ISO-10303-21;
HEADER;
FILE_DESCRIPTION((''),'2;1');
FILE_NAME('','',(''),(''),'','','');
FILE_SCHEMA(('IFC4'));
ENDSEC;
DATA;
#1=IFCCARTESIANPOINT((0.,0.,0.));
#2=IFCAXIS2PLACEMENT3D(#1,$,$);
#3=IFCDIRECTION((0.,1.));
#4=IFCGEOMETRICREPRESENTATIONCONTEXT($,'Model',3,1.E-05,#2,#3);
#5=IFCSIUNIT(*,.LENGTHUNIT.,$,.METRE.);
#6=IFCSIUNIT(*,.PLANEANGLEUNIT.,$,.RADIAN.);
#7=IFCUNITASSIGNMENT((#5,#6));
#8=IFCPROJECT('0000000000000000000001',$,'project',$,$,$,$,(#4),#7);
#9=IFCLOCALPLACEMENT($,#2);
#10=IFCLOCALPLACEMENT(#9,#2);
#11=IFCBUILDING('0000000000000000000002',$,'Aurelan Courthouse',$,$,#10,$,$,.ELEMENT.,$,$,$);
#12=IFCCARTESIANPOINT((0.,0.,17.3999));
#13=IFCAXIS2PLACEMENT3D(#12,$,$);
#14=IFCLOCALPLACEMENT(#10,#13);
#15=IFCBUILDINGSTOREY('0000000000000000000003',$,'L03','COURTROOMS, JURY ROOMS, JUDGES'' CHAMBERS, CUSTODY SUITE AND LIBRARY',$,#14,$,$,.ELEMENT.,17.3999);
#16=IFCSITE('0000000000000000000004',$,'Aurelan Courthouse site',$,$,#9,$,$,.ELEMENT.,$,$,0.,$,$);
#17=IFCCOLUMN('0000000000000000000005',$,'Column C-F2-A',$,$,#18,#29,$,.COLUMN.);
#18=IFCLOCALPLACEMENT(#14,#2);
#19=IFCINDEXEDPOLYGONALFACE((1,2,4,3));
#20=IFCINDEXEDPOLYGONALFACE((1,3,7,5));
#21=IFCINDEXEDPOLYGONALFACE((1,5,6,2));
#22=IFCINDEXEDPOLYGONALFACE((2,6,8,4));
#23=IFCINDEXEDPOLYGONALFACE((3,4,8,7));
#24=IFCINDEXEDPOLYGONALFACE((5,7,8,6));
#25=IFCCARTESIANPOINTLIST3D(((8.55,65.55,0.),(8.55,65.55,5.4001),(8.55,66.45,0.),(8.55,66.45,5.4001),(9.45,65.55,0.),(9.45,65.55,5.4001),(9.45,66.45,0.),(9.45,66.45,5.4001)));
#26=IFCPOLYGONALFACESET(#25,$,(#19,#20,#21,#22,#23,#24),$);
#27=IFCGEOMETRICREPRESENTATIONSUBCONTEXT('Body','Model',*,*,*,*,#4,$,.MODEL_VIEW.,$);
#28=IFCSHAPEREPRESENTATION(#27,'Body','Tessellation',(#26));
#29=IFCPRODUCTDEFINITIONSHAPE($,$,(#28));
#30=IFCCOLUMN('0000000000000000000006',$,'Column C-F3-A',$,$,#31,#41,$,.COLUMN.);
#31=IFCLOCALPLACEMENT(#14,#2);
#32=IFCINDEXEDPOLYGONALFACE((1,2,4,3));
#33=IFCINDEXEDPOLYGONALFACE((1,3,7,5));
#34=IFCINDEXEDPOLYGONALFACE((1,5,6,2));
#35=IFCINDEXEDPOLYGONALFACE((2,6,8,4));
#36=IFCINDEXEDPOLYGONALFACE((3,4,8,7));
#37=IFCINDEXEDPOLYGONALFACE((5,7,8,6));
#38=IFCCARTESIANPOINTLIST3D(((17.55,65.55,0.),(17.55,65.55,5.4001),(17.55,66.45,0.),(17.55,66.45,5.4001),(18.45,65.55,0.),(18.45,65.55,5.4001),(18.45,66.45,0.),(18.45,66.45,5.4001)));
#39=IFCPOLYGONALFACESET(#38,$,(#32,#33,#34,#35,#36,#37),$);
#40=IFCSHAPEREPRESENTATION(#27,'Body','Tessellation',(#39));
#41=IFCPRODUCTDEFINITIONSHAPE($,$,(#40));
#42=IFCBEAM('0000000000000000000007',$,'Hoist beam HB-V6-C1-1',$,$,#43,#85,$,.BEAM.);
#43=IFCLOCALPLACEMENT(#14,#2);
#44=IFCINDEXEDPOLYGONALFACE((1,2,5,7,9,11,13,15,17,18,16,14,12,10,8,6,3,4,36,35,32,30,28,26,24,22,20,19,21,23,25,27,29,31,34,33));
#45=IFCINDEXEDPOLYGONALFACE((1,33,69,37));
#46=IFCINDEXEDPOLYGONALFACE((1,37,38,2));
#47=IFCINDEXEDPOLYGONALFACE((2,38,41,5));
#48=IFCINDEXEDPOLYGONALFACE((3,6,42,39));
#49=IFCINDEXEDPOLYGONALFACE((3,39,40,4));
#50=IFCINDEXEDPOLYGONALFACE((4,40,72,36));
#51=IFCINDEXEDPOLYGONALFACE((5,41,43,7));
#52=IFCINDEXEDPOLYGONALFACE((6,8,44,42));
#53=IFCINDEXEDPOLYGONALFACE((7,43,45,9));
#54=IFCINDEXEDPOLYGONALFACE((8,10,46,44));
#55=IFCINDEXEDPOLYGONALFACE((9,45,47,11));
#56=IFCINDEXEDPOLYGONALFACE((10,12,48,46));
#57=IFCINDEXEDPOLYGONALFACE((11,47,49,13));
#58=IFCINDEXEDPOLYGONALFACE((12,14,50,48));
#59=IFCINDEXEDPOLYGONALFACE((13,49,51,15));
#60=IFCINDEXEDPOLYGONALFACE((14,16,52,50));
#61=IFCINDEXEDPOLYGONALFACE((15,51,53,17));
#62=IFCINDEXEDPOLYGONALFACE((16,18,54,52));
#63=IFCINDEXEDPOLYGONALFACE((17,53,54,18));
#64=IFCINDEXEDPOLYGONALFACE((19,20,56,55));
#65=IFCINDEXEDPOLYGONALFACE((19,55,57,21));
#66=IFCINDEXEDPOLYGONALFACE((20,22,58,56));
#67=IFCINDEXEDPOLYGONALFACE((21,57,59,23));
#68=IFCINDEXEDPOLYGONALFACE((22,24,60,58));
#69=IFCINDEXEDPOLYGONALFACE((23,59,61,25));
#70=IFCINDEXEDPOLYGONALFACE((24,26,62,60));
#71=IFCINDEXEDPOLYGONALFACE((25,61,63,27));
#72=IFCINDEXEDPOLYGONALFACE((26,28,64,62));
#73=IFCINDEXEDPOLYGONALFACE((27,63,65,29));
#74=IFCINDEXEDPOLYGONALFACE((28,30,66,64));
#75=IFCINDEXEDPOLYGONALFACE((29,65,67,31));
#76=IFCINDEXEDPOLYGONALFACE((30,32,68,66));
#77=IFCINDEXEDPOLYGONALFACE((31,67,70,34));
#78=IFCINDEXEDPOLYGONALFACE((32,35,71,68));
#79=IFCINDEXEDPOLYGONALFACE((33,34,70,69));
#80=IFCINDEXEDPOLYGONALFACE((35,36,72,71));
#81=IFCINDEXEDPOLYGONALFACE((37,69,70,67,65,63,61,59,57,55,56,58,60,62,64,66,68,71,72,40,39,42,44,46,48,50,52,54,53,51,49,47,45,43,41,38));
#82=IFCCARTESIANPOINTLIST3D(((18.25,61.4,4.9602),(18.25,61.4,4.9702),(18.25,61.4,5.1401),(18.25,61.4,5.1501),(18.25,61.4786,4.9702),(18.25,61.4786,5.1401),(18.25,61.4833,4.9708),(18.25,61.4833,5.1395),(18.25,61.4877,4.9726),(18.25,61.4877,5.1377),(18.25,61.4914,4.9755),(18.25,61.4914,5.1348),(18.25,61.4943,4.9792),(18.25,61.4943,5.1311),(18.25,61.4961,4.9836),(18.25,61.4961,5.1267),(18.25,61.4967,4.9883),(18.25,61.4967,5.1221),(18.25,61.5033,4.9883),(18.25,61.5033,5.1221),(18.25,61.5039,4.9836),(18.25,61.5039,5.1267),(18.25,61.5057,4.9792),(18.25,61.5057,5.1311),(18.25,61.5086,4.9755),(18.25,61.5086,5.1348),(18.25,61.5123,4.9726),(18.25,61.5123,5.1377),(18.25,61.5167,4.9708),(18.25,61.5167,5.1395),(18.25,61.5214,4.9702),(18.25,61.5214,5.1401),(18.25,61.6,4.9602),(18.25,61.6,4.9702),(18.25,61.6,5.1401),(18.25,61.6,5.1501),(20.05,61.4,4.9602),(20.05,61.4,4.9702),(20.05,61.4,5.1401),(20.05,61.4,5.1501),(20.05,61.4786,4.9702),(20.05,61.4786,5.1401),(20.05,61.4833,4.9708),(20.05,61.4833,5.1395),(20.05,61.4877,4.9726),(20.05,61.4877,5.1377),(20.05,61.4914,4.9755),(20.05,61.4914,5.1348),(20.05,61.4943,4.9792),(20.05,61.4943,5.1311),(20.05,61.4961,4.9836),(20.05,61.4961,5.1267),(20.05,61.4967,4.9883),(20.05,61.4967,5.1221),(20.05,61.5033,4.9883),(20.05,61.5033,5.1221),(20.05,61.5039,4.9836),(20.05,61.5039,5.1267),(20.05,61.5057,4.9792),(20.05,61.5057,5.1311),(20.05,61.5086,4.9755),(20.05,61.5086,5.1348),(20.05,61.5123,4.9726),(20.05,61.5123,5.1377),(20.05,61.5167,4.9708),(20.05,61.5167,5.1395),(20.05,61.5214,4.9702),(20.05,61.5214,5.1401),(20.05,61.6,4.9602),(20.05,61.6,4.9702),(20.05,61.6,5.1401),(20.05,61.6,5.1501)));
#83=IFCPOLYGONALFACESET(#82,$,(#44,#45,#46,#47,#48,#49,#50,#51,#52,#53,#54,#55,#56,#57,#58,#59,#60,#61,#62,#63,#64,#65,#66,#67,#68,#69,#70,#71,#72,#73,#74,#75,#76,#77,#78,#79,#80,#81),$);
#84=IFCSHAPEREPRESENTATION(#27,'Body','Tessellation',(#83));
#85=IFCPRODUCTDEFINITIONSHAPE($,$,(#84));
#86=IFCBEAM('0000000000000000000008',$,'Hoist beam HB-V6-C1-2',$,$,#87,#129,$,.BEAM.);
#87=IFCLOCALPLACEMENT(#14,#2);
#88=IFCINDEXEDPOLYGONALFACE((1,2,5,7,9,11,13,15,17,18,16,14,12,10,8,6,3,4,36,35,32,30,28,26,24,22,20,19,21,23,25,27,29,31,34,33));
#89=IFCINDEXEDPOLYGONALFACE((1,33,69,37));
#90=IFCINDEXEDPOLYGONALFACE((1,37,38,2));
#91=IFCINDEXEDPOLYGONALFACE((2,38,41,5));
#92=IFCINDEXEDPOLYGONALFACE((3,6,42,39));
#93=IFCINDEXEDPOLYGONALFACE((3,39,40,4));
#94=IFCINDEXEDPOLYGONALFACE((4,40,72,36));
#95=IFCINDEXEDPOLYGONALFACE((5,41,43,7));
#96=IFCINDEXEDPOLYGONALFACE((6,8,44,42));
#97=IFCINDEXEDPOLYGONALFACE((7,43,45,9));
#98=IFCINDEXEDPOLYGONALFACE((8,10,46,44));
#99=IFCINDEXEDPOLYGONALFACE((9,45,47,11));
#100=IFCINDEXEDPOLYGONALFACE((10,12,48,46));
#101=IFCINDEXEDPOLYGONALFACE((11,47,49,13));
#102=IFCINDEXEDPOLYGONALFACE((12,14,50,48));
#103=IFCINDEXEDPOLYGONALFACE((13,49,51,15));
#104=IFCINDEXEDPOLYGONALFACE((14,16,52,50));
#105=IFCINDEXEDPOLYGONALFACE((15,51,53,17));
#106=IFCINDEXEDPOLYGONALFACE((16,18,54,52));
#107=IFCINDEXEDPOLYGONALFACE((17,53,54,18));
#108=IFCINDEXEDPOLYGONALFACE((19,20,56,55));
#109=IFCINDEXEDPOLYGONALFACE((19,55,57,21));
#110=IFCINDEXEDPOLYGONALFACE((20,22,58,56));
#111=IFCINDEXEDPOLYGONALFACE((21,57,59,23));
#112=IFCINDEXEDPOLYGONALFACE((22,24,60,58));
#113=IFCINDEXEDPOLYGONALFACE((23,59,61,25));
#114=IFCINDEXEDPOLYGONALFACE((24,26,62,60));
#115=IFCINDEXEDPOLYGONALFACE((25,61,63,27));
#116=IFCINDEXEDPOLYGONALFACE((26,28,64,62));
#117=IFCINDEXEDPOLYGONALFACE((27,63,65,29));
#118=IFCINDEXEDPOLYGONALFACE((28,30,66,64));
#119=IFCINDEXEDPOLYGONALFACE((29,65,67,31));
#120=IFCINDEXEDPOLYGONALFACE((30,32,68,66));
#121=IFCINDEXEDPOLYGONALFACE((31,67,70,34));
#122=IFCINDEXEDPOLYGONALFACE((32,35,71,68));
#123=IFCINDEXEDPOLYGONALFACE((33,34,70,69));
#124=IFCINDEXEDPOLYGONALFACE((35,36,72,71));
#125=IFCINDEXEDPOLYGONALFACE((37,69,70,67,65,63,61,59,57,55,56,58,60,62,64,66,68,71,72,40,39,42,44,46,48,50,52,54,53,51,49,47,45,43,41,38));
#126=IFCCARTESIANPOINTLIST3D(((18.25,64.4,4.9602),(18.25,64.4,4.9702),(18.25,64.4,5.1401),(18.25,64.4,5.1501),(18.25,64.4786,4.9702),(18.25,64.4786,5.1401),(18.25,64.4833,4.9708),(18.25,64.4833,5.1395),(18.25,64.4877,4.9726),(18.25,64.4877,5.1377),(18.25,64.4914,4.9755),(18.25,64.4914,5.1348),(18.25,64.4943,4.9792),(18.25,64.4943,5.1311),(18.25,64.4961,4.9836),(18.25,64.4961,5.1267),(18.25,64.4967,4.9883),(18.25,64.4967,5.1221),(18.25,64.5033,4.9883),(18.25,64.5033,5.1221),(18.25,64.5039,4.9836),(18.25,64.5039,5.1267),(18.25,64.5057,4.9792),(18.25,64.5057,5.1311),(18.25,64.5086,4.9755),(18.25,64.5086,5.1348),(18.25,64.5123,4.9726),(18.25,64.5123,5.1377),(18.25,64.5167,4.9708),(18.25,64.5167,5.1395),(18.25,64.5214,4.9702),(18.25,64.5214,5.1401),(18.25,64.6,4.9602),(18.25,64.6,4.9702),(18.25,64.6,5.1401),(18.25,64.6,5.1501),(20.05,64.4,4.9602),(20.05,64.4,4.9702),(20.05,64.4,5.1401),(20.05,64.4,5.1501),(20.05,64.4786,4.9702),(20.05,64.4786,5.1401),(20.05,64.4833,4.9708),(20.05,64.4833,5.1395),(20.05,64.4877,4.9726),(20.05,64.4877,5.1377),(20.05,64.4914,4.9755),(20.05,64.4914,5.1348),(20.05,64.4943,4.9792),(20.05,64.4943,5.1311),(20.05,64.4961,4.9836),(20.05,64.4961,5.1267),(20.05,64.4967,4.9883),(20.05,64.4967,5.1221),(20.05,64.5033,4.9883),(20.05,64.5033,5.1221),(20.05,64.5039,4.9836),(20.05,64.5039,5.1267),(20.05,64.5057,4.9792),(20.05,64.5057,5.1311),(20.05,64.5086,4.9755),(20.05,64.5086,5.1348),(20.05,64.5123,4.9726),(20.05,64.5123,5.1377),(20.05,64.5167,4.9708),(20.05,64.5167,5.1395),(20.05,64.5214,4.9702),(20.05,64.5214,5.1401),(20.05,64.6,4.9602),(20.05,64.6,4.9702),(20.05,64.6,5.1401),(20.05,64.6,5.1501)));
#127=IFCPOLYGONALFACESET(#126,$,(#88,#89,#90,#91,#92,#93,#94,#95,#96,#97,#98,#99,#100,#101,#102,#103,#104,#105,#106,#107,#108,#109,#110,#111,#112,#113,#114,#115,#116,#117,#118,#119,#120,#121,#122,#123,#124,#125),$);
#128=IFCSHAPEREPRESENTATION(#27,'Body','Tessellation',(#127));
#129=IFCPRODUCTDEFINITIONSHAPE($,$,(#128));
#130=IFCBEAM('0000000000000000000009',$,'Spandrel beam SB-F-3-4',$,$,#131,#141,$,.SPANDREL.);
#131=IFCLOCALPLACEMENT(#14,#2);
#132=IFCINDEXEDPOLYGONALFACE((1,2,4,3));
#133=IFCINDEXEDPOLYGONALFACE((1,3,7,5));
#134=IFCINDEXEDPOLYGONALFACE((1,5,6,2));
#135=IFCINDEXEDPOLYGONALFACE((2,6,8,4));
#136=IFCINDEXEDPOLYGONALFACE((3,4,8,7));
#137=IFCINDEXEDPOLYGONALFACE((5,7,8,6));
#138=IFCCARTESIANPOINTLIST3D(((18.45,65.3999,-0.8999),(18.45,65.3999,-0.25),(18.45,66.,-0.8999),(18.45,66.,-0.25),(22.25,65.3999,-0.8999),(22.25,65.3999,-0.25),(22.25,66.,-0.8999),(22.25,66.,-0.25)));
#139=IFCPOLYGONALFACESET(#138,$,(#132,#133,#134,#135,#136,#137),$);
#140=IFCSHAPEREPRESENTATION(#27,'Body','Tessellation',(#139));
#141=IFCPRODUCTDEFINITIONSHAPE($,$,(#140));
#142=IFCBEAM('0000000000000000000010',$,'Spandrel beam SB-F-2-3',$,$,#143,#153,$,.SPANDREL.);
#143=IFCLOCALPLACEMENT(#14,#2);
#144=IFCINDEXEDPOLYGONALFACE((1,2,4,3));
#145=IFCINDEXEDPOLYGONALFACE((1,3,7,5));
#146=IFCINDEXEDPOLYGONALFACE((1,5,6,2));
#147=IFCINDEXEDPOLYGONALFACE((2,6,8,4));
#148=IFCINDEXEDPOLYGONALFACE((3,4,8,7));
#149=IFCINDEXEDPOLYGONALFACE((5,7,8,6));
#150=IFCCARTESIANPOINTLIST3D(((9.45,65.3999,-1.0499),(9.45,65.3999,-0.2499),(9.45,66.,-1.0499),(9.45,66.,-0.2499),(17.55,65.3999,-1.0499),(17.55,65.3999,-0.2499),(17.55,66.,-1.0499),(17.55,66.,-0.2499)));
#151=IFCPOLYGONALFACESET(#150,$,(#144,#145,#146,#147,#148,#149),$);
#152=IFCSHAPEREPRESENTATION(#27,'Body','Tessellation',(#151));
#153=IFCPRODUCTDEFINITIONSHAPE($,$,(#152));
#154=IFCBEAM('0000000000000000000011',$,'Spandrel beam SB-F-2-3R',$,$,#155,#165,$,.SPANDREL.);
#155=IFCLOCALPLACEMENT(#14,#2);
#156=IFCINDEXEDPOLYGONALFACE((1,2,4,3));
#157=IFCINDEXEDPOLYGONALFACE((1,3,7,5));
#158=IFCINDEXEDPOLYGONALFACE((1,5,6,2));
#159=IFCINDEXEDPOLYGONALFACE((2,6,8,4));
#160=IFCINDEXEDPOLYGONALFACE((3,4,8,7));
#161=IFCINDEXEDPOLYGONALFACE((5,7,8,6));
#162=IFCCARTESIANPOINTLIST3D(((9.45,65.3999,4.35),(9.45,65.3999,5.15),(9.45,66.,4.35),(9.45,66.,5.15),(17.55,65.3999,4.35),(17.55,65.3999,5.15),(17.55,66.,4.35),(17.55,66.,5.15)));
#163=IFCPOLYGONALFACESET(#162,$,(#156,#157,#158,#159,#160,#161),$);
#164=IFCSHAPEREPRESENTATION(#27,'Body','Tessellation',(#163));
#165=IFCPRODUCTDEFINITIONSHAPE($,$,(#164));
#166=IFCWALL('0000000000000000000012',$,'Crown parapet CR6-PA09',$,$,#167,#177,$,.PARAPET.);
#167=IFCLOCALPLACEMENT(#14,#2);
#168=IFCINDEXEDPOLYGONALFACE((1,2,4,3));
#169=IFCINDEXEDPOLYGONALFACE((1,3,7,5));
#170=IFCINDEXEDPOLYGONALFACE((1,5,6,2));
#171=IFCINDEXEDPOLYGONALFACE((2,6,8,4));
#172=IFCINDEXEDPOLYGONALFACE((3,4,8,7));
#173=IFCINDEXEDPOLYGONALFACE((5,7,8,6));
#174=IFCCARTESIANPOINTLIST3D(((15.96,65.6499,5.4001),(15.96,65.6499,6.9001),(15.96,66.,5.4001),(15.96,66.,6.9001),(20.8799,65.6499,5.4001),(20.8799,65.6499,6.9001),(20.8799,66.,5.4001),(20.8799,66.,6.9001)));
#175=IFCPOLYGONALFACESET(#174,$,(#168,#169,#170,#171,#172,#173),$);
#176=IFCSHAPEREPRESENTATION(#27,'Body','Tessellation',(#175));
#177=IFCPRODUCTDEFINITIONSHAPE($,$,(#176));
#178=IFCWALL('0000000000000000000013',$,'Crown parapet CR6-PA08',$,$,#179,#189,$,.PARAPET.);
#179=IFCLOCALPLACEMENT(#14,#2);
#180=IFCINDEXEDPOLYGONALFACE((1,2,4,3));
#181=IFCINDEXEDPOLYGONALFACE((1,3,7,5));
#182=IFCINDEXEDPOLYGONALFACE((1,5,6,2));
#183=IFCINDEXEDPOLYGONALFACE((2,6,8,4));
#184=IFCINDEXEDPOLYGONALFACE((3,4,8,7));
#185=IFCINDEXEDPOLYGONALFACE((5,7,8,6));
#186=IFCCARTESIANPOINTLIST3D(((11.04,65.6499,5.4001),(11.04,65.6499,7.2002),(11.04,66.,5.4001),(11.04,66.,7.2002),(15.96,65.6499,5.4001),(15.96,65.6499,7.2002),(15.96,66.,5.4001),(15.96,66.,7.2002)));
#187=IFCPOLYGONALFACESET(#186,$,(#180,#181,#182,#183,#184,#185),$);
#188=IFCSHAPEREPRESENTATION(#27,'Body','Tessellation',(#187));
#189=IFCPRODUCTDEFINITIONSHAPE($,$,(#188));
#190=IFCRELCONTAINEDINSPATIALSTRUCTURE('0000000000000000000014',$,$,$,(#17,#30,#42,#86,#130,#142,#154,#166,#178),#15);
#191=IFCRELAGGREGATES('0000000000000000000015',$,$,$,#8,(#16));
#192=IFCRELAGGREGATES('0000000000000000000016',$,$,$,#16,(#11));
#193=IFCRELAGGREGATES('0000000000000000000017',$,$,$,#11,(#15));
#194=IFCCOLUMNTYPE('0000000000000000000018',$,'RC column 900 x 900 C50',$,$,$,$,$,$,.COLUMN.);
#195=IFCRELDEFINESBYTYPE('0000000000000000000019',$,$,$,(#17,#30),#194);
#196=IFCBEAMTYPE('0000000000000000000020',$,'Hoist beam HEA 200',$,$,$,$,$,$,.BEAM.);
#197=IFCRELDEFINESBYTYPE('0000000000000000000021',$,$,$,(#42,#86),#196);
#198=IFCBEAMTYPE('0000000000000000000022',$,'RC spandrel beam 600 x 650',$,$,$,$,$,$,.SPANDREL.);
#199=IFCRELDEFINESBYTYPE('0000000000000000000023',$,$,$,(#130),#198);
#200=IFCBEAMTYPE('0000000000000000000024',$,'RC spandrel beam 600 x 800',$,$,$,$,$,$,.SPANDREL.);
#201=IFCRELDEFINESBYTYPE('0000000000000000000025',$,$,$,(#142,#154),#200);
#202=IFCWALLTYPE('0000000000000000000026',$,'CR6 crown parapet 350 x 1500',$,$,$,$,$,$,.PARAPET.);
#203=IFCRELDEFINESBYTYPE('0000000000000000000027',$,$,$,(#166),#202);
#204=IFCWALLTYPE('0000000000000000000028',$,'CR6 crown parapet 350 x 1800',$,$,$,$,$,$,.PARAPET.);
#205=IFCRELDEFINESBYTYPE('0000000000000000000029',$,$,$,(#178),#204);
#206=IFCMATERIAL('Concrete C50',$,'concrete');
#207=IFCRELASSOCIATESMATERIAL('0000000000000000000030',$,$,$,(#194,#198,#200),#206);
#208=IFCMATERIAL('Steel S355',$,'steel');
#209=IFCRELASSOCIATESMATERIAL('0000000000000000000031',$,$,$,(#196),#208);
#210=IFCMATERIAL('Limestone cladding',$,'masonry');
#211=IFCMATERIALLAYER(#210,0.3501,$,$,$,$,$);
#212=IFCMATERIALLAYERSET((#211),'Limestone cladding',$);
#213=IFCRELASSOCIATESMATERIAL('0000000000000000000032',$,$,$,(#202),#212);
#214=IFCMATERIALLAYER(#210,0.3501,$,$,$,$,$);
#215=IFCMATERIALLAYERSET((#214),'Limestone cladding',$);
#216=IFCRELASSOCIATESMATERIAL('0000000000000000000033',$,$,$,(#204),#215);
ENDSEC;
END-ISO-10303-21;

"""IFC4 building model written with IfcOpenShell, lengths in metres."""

from ifc_helpers import new_model, si_unit, direction, frame, frame_2d, origin, origin_2d, place, context, subcontext, project, spatial, rectangle, i_section, extrude, material, layer, layer_set, material_profile, profile_set, type_object, element, save


model = new_model("IFC4")

# Units and contexts
model_context = context("Model", 3, precision=1e-05, world=origin(), true_north=direction((0.0, 1.0)))
body_context = subcontext(model_context, "Body", "Model", "MODEL_VIEW")
ifc_project = project(units=[si_unit("LENGTHUNIT", "METRE"), si_unit("PLANEANGLEUNIT", "RADIAN")], contexts=[model_context])

# Site, building, storey
site_placement = place(None, origin())
site = spatial("IfcSite", under=ifc_project, at=site_placement, Name="Aurelan Courthouse site", CompositionType="ELEMENT", RefElevation=0.0)
building_placement = place(site_placement, origin())
building = spatial("IfcBuilding", under=site, at=building_placement, Name="Aurelan Courthouse", CompositionType="ELEMENT")
storey_placement = place(building_placement, frame((0.0, 0.0, 17.3999)))
storey = spatial("IfcBuildingStorey", under=building, at=storey_placement, Name="L03", Description="COURTROOMS, JURY ROOMS, JUDGES' CHAMBERS, CUSTODY SUITE AND LIBRARY", CompositionType="ELEMENT", Elevation=17.3999)

# Columns
ifc_material_1 = material(Name="Concrete C50", Category="concrete")
ifc_material_profile_1 = material_profile(ifc_material_1, rectangle(XDim=0.8999, YDim=0.8999, at=origin_2d()), Name="RC 900 x 900")
ifc_profile_set_1 = profile_set([ifc_material_profile_1], Name="Concrete C50")
column_type = type_object("IfcColumnType", Name="RC column 900 x 900 C50", PredefinedType="COLUMN", material=ifc_profile_set_1)
for number, where, z_axis, x_axis, name in (
    (1, (9.0, 66.0, 0.0), (0.0, 0.0, 1.0), (1.0, 0.0, 0.0), "Column C-F2-A"),
    (2, (18.0, 66.0, 0.0), (0.0, 0.0, 1.0), (1.0, 0.0, 0.0), "Column C-F3-A"),
):
    element("IfcColumn", number, at=place(storey_placement, frame(where, z_axis=z_axis, x_axis=x_axis)), inside=storey, type_object=column_type, Name=name, PredefinedType="COLUMN", context=body_context, shape_type="SweptSolid", body=[
        extrude(rectangle(XDim=0.8999, YDim=0.8999, at=origin_2d()), origin(), (0.0, 0.0, 1.0), 5.4001),
    ])

# Beams
ifc_material_2 = material(Name="Steel S355", Category="steel")
ifc_material_profile_2 = material_profile(ifc_material_2, i_section(OverallWidth=0.2, OverallDepth=0.1899, WebThickness=0.0066, FlangeThickness=0.01, FilletRadius=0.0181, at=origin_2d()), Name="HEA 200")
ifc_profile_set_2 = profile_set([ifc_material_profile_2], Name="Steel S355")
beam_type_1 = type_object("IfcBeamType", Name="Hoist beam HEA 200", PredefinedType="BEAM", material=ifc_profile_set_2)
for number, where, z_axis, x_axis, name in (
    (3, (18.25, 61.5, 5.0552), (1.0, 0.0, 0.0), (0.0, 1.0, 0.0), "Hoist beam HB-V6-C1-1"),
    (4, (18.25, 64.5, 5.0552), (1.0, 0.0, 0.0), (0.0, 1.0, 0.0), "Hoist beam HB-V6-C1-2"),
):
    element("IfcBeam", number, at=place(storey_placement, frame(where, z_axis=z_axis, x_axis=x_axis)), inside=storey, type_object=beam_type_1, Name=name, PredefinedType="BEAM", context=body_context, shape_type="SweptSolid", body=[
        extrude(i_section(OverallWidth=0.2, OverallDepth=0.1899, WebThickness=0.0066, FlangeThickness=0.01, FilletRadius=0.0181, at=origin_2d()), origin(), (0.0, 0.0, 1.0), 1.8),
    ])
ifc_material_profile_3 = material_profile(ifc_material_1, rectangle(XDim=0.6001, YDim=0.6499, at=origin_2d()), Name="RC 600 x 650")
ifc_profile_set_3 = profile_set([ifc_material_profile_3], Name="Concrete C50")
beam_type_2 = type_object("IfcBeamType", Name="RC spandrel beam 600 x 650", PredefinedType="SPANDREL", material=ifc_profile_set_3)
beam_placement = place(storey_placement, frame((18.45, 65.7, -0.575), z_axis=(1.0, 0.0, 0.0), x_axis=(0.0, 1.0, 0.0)))
element("IfcBeam", 5, at=beam_placement, inside=storey, type_object=beam_type_2, Name="Spandrel beam SB-F-3-4", PredefinedType="SPANDREL", context=body_context, shape_type="SweptSolid", body=[
    extrude(rectangle(XDim=0.6001, YDim=0.6499, at=origin_2d()), origin(), (0.0, 0.0, 1.0), 3.8),
])
ifc_material_profile_4 = material_profile(ifc_material_1, rectangle(XDim=0.6001, YDim=0.8, at=origin_2d()), Name="RC 600 x 800")
ifc_profile_set_4 = profile_set([ifc_material_profile_4], Name="Concrete C50")
beam_type_3 = type_object("IfcBeamType", Name="RC spandrel beam 600 x 800", PredefinedType="SPANDREL", material=ifc_profile_set_4)
for number, where, z_axis, x_axis, name in (
    (6, (9.45, 65.7, -0.6499), (1.0, 0.0, 0.0), (0.0, 1.0, 0.0), "Spandrel beam SB-F-2-3"),
    (7, (9.45, 65.7, 4.75), (1.0, 0.0, 0.0), (0.0, 1.0, 0.0), "Spandrel beam SB-F-2-3R"),
):
    element("IfcBeam", number, at=place(storey_placement, frame(where, z_axis=z_axis, x_axis=x_axis)), inside=storey, type_object=beam_type_3, Name=name, PredefinedType="SPANDREL", context=body_context, shape_type="SweptSolid", body=[
        extrude(rectangle(XDim=0.6001, YDim=0.8, at=origin_2d()), origin(), (0.0, 0.0, 1.0), 8.1001),
    ])

# Walls
ifc_material_3 = material(Name="Limestone cladding", Category="masonry")
ifc_layer_1 = layer(ifc_material_3, 0.3501)
ifc_layer_set_1 = layer_set([ifc_layer_1], Name="Limestone cladding")
wall_type_1 = type_object("IfcWallType", Name="CR6 crown parapet 350 x 1500", PredefinedType="PARAPET", material=ifc_layer_set_1)
wall_1_placement = place(storey_placement, frame((15.96, 65.825, 5.4001), z_axis=(0.0, 0.0, 1.0), x_axis=(1.0, 0.0, 0.0)))
element("IfcWall", 8, at=wall_1_placement, inside=storey, type_object=wall_type_1, Name="Crown parapet CR6-PA09", PredefinedType="PARAPET", context=body_context, shape_type="SweptSolid", body=[
    extrude(rectangle(XDim=4.9199, YDim=0.3501, at=frame_2d((2.46, 0.0))), origin(), (0.0, 0.0, 1.0), 1.5),
])
ifc_layer_2 = layer(ifc_material_3, 0.3501)
ifc_layer_set_2 = layer_set([ifc_layer_2], Name="Limestone cladding")
wall_type_2 = type_object("IfcWallType", Name="CR6 crown parapet 350 x 1800", PredefinedType="PARAPET", material=ifc_layer_set_2)
wall_2_placement = place(storey_placement, frame((11.04, 65.825, 5.4001), z_axis=(0.0, 0.0, 1.0), x_axis=(1.0, 0.0, 0.0)))
element("IfcWall", 9, at=wall_2_placement, inside=storey, type_object=wall_type_2, Name="Crown parapet CR6-PA08", PredefinedType="PARAPET", context=body_context, shape_type="SweptSolid", body=[
    extrude(rectangle(XDim=4.9199, YDim=0.3501, at=frame_2d((2.46, 0.0))), origin(), (0.0, 0.0, 1.0), 1.8),
])

save(model, "model.ifc")
